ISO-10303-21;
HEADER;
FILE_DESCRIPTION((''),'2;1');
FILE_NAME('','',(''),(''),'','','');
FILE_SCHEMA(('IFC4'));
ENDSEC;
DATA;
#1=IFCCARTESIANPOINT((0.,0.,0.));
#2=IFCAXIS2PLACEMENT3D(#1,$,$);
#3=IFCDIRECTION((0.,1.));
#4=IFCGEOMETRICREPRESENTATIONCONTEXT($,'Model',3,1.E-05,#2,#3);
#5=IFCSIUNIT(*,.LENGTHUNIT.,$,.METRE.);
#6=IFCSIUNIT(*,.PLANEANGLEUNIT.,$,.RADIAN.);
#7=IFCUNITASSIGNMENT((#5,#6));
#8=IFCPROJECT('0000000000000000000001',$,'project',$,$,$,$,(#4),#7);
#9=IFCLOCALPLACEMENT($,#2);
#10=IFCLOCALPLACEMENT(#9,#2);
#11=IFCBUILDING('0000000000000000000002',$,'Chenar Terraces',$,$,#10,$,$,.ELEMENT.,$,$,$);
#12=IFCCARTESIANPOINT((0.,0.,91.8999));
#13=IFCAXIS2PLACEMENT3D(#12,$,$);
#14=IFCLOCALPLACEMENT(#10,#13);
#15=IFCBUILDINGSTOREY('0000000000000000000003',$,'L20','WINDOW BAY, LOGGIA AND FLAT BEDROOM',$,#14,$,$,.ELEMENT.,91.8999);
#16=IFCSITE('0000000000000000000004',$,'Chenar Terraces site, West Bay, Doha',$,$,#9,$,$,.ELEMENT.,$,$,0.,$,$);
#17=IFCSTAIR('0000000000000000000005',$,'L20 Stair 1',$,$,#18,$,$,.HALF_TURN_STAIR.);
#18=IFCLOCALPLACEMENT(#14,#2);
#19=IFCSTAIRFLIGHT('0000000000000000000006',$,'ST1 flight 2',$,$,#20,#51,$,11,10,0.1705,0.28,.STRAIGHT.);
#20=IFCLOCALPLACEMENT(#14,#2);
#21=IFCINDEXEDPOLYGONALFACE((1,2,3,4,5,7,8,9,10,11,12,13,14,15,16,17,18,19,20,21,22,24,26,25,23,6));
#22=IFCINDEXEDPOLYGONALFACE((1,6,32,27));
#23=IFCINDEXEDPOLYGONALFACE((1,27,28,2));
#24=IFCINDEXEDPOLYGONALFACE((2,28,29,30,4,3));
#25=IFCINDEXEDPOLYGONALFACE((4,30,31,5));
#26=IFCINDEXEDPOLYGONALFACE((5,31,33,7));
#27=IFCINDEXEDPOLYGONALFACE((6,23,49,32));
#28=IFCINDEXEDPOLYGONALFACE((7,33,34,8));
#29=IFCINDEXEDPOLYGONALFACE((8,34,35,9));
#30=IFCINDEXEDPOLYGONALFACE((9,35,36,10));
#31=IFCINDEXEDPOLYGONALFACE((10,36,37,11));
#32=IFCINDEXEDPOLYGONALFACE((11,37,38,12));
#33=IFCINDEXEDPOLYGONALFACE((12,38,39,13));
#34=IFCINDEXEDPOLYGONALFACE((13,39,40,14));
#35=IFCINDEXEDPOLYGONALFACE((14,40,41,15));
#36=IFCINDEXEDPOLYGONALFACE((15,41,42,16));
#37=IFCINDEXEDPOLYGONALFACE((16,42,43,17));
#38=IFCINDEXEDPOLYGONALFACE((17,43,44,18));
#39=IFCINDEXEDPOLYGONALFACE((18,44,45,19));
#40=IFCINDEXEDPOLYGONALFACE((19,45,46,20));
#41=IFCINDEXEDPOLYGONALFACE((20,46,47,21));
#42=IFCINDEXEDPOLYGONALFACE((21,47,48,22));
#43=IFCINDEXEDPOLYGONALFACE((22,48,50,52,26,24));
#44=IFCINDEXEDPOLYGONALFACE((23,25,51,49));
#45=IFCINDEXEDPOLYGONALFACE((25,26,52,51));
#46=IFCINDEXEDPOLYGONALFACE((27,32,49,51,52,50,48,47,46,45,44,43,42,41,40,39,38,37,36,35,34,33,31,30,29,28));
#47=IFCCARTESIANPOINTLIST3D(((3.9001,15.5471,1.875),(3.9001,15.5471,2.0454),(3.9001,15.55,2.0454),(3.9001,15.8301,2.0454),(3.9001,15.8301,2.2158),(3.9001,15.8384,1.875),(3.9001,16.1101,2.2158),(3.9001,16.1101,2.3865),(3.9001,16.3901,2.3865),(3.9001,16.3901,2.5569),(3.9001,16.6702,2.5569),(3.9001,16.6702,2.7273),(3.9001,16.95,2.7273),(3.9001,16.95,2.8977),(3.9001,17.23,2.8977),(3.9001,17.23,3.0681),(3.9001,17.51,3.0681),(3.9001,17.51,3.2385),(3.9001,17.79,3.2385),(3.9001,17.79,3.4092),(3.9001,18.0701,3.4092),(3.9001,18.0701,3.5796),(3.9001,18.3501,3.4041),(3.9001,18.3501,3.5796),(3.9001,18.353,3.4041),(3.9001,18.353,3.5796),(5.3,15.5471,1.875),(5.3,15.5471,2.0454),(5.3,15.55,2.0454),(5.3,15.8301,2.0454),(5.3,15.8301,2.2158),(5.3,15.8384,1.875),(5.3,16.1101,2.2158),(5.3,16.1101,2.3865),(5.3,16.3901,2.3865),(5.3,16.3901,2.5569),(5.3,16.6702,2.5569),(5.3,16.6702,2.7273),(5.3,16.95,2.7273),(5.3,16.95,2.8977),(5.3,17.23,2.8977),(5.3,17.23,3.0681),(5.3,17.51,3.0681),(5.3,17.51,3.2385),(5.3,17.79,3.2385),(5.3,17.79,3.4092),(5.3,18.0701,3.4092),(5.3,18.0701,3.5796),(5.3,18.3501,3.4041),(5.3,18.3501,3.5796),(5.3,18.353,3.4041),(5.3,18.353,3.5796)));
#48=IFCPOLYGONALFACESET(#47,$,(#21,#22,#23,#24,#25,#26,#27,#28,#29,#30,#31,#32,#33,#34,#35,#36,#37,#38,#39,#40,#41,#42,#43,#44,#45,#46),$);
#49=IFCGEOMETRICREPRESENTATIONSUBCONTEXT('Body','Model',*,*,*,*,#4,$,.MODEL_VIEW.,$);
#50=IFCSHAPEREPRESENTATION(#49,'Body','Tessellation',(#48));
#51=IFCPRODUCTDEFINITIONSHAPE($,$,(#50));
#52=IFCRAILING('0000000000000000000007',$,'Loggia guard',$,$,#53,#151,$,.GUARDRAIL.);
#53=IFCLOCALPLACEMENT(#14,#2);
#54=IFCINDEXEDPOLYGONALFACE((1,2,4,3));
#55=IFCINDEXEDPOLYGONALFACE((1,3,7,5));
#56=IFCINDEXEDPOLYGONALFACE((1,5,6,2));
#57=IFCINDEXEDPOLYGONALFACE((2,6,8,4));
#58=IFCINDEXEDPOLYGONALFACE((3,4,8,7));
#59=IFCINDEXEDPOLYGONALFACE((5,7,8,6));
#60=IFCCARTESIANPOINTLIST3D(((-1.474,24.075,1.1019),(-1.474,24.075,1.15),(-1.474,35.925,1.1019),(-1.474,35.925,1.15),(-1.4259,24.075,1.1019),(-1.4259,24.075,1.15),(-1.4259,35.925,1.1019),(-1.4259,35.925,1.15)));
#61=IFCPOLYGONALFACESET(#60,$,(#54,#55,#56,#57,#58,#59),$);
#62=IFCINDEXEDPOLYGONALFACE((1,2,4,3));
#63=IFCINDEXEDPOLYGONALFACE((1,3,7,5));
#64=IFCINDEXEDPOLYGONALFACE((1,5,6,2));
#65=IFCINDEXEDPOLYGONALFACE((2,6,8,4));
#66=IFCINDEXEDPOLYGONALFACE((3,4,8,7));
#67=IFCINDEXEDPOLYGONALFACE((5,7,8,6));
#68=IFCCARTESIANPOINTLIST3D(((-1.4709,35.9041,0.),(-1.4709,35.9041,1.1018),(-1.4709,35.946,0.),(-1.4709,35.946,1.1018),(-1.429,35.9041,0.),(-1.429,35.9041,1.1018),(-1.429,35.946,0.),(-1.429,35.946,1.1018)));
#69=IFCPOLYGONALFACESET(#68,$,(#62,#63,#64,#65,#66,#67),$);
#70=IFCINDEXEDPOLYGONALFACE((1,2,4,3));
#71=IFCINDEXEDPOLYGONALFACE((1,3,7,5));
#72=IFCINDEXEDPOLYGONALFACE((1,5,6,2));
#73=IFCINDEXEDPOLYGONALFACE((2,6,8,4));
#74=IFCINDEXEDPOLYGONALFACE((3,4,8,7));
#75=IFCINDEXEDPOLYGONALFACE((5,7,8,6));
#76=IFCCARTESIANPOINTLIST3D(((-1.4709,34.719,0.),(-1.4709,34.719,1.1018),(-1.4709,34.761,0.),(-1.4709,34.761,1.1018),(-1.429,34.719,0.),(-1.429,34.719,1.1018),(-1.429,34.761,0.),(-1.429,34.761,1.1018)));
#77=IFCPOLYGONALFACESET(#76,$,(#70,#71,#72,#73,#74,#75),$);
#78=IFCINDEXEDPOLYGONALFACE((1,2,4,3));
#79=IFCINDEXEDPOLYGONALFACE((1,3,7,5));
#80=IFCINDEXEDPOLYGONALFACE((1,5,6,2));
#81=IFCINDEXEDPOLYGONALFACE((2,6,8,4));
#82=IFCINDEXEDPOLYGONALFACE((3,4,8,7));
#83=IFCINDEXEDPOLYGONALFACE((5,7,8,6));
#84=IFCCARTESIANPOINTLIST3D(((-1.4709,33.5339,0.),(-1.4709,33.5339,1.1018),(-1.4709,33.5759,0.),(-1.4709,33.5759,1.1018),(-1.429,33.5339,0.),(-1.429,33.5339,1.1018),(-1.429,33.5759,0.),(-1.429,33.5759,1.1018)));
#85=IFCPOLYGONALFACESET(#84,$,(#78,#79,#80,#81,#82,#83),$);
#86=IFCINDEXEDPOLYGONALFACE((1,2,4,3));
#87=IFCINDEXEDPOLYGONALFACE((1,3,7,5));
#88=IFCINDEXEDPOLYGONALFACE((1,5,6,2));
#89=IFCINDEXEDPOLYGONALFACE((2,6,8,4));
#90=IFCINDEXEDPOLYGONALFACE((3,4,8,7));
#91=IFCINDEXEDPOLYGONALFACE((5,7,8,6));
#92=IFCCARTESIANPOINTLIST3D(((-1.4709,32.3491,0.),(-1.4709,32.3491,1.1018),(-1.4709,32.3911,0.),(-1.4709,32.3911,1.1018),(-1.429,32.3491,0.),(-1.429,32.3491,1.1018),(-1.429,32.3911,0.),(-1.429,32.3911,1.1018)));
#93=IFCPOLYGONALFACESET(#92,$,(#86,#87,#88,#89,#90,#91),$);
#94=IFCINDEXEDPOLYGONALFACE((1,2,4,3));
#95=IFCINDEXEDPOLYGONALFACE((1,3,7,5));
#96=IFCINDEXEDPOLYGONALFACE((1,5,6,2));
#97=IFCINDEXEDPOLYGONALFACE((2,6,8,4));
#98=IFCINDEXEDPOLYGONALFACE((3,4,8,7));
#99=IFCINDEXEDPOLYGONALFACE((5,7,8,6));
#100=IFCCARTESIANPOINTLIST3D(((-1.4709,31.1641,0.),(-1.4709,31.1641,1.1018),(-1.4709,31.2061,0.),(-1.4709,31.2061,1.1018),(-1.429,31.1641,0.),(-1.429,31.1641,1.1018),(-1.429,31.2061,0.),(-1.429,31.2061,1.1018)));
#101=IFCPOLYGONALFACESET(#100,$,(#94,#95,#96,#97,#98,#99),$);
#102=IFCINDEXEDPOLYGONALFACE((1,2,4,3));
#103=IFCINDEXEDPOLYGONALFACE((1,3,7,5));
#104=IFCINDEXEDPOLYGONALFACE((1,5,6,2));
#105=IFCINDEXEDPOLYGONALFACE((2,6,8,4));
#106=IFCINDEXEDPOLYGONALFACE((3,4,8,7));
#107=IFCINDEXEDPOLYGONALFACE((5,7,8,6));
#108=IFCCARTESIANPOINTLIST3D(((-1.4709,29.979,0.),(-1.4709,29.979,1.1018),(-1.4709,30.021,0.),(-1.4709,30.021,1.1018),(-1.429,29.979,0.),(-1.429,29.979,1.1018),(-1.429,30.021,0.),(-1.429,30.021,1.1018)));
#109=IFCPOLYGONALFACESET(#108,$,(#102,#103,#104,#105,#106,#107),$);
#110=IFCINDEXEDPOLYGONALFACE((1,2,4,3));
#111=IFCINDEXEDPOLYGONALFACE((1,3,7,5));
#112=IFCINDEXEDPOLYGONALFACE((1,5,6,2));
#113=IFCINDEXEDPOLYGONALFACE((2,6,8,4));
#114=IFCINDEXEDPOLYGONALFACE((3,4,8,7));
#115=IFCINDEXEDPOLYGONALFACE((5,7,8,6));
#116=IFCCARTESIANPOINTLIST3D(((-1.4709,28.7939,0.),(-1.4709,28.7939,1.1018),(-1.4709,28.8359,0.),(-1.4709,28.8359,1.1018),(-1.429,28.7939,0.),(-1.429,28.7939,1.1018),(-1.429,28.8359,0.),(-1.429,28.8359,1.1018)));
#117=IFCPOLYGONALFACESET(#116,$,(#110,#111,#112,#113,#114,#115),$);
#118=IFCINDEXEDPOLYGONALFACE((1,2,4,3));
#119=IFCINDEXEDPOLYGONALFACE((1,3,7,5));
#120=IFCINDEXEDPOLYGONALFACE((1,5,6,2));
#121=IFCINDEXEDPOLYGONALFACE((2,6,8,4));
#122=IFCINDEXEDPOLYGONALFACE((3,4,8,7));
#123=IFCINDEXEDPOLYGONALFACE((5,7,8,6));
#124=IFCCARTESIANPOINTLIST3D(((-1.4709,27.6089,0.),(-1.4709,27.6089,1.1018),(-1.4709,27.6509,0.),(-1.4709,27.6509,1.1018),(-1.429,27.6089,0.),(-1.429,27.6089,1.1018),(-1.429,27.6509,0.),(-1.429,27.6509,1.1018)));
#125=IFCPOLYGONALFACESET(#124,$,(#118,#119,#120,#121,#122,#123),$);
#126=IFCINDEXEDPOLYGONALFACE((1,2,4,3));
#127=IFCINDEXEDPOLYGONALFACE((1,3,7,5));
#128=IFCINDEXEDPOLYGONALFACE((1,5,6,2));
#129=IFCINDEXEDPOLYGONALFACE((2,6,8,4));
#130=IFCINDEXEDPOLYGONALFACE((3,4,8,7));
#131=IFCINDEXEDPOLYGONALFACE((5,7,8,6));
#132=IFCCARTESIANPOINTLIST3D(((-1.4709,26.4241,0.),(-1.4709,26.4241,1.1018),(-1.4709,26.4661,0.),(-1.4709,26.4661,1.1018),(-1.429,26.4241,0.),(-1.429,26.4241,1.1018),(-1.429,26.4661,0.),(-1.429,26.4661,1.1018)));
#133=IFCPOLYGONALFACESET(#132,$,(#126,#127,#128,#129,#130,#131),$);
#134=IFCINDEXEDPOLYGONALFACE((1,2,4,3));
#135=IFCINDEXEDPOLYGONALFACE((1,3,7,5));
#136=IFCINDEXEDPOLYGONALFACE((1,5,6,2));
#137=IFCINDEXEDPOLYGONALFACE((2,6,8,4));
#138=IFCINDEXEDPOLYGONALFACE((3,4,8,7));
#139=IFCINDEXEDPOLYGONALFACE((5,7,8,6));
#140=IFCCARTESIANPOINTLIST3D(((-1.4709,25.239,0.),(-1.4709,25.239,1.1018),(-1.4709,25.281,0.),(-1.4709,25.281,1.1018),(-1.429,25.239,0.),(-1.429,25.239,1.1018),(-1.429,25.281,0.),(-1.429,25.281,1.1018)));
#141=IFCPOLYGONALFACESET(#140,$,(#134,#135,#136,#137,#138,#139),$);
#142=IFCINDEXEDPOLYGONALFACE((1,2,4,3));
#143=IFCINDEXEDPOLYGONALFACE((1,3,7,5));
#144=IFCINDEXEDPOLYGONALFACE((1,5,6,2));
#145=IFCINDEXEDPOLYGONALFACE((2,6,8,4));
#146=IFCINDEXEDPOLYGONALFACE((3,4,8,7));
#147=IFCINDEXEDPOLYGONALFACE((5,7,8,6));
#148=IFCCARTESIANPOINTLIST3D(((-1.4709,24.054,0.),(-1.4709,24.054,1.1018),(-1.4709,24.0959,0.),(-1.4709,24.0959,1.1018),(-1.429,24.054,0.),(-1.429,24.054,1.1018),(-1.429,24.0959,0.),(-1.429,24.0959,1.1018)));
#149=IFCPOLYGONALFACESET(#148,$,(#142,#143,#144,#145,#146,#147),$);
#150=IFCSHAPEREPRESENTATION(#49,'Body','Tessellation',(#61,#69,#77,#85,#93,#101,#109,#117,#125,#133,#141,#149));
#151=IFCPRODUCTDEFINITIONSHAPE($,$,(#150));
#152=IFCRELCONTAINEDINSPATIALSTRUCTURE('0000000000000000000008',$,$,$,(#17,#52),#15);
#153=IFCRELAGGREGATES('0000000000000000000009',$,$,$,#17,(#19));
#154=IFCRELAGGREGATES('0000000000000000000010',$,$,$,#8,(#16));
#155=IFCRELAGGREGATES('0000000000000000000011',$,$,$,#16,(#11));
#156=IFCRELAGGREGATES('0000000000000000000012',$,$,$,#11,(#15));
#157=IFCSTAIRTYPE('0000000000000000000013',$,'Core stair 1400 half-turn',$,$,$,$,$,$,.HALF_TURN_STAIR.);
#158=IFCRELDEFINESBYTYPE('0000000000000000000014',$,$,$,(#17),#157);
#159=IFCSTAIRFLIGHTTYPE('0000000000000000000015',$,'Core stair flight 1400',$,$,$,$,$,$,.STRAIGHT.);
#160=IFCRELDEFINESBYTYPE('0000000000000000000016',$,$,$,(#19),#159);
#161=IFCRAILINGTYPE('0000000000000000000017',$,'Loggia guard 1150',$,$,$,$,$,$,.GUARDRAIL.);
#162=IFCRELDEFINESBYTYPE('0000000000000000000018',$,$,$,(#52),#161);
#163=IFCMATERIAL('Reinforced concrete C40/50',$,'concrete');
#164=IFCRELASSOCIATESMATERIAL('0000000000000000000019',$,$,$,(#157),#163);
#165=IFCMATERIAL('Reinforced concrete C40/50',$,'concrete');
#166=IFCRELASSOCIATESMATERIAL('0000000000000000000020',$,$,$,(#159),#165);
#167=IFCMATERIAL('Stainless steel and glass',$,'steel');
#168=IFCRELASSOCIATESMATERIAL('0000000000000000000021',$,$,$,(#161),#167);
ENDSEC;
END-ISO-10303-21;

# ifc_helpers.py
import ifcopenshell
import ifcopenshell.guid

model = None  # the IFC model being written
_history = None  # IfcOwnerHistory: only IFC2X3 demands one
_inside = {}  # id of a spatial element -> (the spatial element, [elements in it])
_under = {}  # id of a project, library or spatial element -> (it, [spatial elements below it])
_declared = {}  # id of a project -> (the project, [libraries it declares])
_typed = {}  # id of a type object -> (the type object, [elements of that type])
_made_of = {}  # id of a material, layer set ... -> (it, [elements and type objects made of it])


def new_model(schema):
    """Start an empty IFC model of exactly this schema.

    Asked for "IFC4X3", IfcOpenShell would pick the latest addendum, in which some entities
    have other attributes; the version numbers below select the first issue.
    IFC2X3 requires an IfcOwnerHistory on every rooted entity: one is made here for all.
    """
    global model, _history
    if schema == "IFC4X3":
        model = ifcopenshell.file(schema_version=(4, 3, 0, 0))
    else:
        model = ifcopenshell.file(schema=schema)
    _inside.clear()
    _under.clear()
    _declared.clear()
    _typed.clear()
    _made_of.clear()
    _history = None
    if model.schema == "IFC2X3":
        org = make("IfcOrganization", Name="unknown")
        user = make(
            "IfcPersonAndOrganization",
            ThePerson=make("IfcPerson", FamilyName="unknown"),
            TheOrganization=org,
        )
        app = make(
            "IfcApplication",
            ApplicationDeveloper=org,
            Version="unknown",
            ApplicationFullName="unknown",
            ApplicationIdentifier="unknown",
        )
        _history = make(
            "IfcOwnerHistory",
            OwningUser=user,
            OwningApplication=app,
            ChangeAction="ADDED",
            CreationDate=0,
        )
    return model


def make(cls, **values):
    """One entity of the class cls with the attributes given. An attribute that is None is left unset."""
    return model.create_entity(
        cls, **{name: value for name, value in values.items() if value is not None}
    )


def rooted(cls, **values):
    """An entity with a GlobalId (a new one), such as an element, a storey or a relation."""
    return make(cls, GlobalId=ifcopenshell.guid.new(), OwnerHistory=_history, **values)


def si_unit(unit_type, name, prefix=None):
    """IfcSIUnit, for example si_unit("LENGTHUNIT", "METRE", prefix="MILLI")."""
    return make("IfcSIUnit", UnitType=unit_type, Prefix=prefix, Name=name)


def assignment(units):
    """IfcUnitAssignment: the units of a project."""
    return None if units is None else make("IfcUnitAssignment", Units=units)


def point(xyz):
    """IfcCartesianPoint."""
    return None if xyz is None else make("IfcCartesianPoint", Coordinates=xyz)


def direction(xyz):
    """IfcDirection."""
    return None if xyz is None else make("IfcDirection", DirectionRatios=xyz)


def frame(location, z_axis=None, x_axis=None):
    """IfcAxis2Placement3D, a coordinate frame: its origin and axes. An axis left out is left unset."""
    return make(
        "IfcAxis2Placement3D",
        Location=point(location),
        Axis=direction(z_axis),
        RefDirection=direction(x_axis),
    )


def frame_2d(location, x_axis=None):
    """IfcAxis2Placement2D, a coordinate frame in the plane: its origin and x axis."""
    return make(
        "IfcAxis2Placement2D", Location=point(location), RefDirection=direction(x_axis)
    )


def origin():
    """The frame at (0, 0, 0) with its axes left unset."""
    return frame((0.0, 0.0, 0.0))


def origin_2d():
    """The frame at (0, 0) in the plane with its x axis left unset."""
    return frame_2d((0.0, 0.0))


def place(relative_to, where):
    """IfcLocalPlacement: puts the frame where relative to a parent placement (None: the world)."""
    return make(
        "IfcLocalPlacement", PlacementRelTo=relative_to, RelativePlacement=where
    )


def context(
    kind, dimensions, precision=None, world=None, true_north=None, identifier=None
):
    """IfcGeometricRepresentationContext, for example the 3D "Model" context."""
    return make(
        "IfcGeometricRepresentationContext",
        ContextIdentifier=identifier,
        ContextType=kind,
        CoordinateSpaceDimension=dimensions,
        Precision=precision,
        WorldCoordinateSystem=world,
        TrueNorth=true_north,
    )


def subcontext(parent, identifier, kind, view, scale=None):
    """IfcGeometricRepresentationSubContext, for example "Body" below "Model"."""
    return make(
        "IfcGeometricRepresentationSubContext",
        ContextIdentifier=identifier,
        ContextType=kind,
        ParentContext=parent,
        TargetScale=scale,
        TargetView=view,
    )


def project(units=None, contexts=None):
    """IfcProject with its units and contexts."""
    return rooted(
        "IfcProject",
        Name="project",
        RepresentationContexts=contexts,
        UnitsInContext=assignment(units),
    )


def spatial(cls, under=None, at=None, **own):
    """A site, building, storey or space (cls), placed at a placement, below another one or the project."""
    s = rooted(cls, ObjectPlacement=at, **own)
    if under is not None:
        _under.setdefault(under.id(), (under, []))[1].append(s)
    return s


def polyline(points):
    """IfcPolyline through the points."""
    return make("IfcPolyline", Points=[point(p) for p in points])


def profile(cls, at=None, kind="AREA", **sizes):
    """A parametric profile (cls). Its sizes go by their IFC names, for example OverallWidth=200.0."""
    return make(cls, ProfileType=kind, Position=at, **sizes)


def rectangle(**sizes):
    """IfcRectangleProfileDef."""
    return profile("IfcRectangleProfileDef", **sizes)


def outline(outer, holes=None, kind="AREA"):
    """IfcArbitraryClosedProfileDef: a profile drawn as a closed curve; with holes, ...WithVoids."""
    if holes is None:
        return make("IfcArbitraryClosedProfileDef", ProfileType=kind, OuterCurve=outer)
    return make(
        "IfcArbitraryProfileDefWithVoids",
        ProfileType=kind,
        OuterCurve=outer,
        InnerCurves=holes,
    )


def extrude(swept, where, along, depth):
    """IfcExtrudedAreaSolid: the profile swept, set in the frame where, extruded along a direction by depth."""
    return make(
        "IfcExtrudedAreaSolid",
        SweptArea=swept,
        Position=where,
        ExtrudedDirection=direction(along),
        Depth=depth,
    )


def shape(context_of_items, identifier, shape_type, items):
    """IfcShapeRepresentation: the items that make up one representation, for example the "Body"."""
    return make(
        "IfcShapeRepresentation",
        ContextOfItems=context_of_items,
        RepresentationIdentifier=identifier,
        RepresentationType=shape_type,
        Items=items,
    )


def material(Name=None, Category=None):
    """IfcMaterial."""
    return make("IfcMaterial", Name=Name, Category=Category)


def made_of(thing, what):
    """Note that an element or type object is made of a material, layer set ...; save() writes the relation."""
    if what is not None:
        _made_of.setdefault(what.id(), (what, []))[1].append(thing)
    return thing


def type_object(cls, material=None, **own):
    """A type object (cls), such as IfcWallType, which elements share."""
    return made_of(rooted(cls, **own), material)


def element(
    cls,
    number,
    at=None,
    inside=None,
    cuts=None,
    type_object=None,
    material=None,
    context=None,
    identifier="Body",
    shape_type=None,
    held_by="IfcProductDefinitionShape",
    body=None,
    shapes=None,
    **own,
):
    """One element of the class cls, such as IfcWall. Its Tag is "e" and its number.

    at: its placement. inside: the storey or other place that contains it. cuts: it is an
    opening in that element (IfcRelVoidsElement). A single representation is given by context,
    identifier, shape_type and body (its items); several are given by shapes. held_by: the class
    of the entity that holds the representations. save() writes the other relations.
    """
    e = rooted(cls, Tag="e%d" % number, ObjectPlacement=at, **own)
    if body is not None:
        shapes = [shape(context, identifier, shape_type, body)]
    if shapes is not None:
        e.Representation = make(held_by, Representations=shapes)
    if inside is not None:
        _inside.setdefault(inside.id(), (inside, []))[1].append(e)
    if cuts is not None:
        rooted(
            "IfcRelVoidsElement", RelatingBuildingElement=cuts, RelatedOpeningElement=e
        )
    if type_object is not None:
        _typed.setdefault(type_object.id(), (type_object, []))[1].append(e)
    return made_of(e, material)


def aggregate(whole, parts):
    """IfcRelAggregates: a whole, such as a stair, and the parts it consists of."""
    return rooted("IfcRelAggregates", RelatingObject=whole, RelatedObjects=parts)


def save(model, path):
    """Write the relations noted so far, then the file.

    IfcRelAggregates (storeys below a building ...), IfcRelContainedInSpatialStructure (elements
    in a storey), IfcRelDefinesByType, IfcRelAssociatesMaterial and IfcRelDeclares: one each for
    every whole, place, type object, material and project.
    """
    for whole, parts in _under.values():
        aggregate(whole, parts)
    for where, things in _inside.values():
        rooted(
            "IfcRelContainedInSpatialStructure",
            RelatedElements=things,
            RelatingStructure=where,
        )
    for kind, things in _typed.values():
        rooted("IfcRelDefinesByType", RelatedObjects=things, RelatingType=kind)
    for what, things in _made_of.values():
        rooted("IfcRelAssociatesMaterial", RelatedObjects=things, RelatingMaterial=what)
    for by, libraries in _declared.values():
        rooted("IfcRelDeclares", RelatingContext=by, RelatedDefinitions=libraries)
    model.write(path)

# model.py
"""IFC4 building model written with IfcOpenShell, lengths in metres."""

from ifc_helpers import new_model, si_unit, direction, frame, origin, origin_2d, place, context, subcontext, project, spatial, polyline, rectangle, outline, extrude, material, type_object, element, aggregate, save


model = new_model("IFC4")

# Units and contexts
model_context = context("Model", 3, precision=1e-05, world=origin(), true_north=direction((0.0, 1.0)))
body_context = subcontext(model_context, "Body", "Model", "MODEL_VIEW")
ifc_project = project(units=[si_unit("LENGTHUNIT", "METRE"), si_unit("PLANEANGLEUNIT", "RADIAN")], contexts=[model_context])

# Site, building, storey
site_placement = place(None, origin())
site = spatial("IfcSite", under=ifc_project, at=site_placement, Name="Chenar Terraces site, West Bay, Doha", CompositionType="ELEMENT", RefElevation=0.0)
building_placement = place(site_placement, origin())
building = spatial("IfcBuilding", under=site, at=building_placement, Name="Chenar Terraces", CompositionType="ELEMENT")
storey_placement = place(building_placement, frame((0.0, 0.0, 91.8999)))
storey = spatial("IfcBuildingStorey", under=building, at=storey_placement, Name="L20", Description="WINDOW BAY, LOGGIA AND FLAT BEDROOM", CompositionType="ELEMENT", Elevation=91.8999)

# Stair, stair flight
ifc_material_1 = material(Name="Reinforced concrete C40/50", Category="concrete")
stair_type = type_object("IfcStairType", Name="Core stair 1400 half-turn", PredefinedType="HALF_TURN_STAIR", material=ifc_material_1)
stair_placement = place(storey_placement, origin())
stair = element("IfcStair", 1, at=stair_placement, inside=storey, type_object=stair_type, Name="L20 Stair 1", PredefinedType="HALF_TURN_STAIR")
ifc_material_2 = material(Name="Reinforced concrete C40/50", Category="concrete")
stair_flight_type = type_object("IfcStairFlightType", Name="Core stair flight 1400", PredefinedType="STRAIGHT", material=ifc_material_2)
stair_flight_1_placement = place(storey_placement, frame((4.6001, 15.55, 1.875), z_axis=(0.0, 0.0, 1.0), x_axis=(0.0, 1.0, 0.0)))
stair_flight_1 = element("IfcStairFlight", 2, at=stair_flight_1_placement, type_object=stair_flight_type, Name="ST1 flight 2", NumberOfRisers=11, NumberOfTreads=10, PredefinedType="STRAIGHT", RiserHeight=0.1705, TreadLength=0.28, context=body_context, shape_type="SweptSolid", body=[
    extrude(outline(polyline([(-0.0029, 0.0), (-0.0029, 0.1704), (0.0, 0.1704), (0.28, 0.1704), (0.28, 0.3408), (0.5601, 0.3408), (0.5601, 0.5115), (0.8401, 0.5115), (0.8401, 0.6819), (1.1201, 0.6819), (1.1201, 0.8523), (1.3999, 0.8523), (1.3999, 1.0227), (1.6799, 1.0227), (1.6799, 1.1931), (1.96, 1.1931), (1.96, 1.3635), (2.24, 1.3635), (2.24, 1.5342), (2.52, 1.5342), (2.52, 1.7046), (2.8, 1.7046), (2.803, 1.7046), (2.803, 1.5291), (2.8, 1.5291), (0.2883, 0.0), (-0.0029, 0.0)])), frame((0.0, 0.7, 0.0), z_axis=(0.0, -1.0, 0.0), x_axis=(1.0, 0.0, 0.0)), (0.0, 0.0, 1.0), 1.3999),
])
aggregate(stair, [stair_flight_1])

# Railing
ifc_material_3 = material(Name="Stainless steel and glass", Category="steel")
railing_type_1 = type_object("IfcRailingType", Name="Loggia guard 1150", PredefinedType="GUARDRAIL", material=ifc_material_3)
railing_1_placement = place(storey_placement, frame((-1.45, 35.925, 0.0)))
element("IfcRailing", 3, at=railing_1_placement, inside=storey, type_object=railing_type_1, Name="Loggia guard", PredefinedType="GUARDRAIL", context=body_context, shape_type="SweptSolid", body=[
    extrude(rectangle(XDim=0.0481, YDim=0.0481, at=origin_2d()), frame((0.0, 0.0, 1.126), z_axis=(0.0, -1.0, 0.0), x_axis=(1.0, 0.0, 0.0)), (0.0, 0.0, 1.0), 11.8501),
    extrude(rectangle(XDim=0.042, YDim=0.042, at=origin_2d()), origin(), (0.0, 0.0, 1.0), 1.1018),
    extrude(rectangle(XDim=0.042, YDim=0.042, at=origin_2d()), frame((0.0, -1.1851, 0.0)), (0.0, 0.0, 1.0), 1.1018),
    extrude(rectangle(XDim=0.042, YDim=0.042, at=origin_2d()), frame((0.0, -2.3701, 0.0)), (0.0, 0.0, 1.0), 1.1018),
    extrude(rectangle(XDim=0.042, YDim=0.042, at=origin_2d()), frame((0.0, -3.5549, 0.0)), (0.0, 0.0, 1.0), 1.1018),
    extrude(rectangle(XDim=0.042, YDim=0.042, at=origin_2d()), frame((0.0, -4.74, 0.0)), (0.0, 0.0, 1.0), 1.1018),
    extrude(rectangle(XDim=0.042, YDim=0.042, at=origin_2d()), frame((0.0, -5.925, 0.0)), (0.0, 0.0, 1.0), 1.1018),
    extrude(rectangle(XDim=0.042, YDim=0.042, at=origin_2d()), frame((0.0, -7.1101, 0.0)), (0.0, 0.0, 1.0), 1.1018),
    extrude(rectangle(XDim=0.042, YDim=0.042, at=origin_2d()), frame((0.0, -8.2952, 0.0)), (0.0, 0.0, 1.0), 1.1018),
    extrude(rectangle(XDim=0.042, YDim=0.042, at=origin_2d()), frame((0.0, -9.48, 0.0)), (0.0, 0.0, 1.0), 1.1018),
    extrude(rectangle(XDim=0.042, YDim=0.042, at=origin_2d()), frame((0.0, -10.665, 0.0)), (0.0, 0.0, 1.0), 1.1018),
    extrude(rectangle(XDim=0.042, YDim=0.042, at=origin_2d()), frame((0.0, -11.8501, 0.0)), (0.0, 0.0, 1.0), 1.1018),
])

save(model, "model.ifc")
